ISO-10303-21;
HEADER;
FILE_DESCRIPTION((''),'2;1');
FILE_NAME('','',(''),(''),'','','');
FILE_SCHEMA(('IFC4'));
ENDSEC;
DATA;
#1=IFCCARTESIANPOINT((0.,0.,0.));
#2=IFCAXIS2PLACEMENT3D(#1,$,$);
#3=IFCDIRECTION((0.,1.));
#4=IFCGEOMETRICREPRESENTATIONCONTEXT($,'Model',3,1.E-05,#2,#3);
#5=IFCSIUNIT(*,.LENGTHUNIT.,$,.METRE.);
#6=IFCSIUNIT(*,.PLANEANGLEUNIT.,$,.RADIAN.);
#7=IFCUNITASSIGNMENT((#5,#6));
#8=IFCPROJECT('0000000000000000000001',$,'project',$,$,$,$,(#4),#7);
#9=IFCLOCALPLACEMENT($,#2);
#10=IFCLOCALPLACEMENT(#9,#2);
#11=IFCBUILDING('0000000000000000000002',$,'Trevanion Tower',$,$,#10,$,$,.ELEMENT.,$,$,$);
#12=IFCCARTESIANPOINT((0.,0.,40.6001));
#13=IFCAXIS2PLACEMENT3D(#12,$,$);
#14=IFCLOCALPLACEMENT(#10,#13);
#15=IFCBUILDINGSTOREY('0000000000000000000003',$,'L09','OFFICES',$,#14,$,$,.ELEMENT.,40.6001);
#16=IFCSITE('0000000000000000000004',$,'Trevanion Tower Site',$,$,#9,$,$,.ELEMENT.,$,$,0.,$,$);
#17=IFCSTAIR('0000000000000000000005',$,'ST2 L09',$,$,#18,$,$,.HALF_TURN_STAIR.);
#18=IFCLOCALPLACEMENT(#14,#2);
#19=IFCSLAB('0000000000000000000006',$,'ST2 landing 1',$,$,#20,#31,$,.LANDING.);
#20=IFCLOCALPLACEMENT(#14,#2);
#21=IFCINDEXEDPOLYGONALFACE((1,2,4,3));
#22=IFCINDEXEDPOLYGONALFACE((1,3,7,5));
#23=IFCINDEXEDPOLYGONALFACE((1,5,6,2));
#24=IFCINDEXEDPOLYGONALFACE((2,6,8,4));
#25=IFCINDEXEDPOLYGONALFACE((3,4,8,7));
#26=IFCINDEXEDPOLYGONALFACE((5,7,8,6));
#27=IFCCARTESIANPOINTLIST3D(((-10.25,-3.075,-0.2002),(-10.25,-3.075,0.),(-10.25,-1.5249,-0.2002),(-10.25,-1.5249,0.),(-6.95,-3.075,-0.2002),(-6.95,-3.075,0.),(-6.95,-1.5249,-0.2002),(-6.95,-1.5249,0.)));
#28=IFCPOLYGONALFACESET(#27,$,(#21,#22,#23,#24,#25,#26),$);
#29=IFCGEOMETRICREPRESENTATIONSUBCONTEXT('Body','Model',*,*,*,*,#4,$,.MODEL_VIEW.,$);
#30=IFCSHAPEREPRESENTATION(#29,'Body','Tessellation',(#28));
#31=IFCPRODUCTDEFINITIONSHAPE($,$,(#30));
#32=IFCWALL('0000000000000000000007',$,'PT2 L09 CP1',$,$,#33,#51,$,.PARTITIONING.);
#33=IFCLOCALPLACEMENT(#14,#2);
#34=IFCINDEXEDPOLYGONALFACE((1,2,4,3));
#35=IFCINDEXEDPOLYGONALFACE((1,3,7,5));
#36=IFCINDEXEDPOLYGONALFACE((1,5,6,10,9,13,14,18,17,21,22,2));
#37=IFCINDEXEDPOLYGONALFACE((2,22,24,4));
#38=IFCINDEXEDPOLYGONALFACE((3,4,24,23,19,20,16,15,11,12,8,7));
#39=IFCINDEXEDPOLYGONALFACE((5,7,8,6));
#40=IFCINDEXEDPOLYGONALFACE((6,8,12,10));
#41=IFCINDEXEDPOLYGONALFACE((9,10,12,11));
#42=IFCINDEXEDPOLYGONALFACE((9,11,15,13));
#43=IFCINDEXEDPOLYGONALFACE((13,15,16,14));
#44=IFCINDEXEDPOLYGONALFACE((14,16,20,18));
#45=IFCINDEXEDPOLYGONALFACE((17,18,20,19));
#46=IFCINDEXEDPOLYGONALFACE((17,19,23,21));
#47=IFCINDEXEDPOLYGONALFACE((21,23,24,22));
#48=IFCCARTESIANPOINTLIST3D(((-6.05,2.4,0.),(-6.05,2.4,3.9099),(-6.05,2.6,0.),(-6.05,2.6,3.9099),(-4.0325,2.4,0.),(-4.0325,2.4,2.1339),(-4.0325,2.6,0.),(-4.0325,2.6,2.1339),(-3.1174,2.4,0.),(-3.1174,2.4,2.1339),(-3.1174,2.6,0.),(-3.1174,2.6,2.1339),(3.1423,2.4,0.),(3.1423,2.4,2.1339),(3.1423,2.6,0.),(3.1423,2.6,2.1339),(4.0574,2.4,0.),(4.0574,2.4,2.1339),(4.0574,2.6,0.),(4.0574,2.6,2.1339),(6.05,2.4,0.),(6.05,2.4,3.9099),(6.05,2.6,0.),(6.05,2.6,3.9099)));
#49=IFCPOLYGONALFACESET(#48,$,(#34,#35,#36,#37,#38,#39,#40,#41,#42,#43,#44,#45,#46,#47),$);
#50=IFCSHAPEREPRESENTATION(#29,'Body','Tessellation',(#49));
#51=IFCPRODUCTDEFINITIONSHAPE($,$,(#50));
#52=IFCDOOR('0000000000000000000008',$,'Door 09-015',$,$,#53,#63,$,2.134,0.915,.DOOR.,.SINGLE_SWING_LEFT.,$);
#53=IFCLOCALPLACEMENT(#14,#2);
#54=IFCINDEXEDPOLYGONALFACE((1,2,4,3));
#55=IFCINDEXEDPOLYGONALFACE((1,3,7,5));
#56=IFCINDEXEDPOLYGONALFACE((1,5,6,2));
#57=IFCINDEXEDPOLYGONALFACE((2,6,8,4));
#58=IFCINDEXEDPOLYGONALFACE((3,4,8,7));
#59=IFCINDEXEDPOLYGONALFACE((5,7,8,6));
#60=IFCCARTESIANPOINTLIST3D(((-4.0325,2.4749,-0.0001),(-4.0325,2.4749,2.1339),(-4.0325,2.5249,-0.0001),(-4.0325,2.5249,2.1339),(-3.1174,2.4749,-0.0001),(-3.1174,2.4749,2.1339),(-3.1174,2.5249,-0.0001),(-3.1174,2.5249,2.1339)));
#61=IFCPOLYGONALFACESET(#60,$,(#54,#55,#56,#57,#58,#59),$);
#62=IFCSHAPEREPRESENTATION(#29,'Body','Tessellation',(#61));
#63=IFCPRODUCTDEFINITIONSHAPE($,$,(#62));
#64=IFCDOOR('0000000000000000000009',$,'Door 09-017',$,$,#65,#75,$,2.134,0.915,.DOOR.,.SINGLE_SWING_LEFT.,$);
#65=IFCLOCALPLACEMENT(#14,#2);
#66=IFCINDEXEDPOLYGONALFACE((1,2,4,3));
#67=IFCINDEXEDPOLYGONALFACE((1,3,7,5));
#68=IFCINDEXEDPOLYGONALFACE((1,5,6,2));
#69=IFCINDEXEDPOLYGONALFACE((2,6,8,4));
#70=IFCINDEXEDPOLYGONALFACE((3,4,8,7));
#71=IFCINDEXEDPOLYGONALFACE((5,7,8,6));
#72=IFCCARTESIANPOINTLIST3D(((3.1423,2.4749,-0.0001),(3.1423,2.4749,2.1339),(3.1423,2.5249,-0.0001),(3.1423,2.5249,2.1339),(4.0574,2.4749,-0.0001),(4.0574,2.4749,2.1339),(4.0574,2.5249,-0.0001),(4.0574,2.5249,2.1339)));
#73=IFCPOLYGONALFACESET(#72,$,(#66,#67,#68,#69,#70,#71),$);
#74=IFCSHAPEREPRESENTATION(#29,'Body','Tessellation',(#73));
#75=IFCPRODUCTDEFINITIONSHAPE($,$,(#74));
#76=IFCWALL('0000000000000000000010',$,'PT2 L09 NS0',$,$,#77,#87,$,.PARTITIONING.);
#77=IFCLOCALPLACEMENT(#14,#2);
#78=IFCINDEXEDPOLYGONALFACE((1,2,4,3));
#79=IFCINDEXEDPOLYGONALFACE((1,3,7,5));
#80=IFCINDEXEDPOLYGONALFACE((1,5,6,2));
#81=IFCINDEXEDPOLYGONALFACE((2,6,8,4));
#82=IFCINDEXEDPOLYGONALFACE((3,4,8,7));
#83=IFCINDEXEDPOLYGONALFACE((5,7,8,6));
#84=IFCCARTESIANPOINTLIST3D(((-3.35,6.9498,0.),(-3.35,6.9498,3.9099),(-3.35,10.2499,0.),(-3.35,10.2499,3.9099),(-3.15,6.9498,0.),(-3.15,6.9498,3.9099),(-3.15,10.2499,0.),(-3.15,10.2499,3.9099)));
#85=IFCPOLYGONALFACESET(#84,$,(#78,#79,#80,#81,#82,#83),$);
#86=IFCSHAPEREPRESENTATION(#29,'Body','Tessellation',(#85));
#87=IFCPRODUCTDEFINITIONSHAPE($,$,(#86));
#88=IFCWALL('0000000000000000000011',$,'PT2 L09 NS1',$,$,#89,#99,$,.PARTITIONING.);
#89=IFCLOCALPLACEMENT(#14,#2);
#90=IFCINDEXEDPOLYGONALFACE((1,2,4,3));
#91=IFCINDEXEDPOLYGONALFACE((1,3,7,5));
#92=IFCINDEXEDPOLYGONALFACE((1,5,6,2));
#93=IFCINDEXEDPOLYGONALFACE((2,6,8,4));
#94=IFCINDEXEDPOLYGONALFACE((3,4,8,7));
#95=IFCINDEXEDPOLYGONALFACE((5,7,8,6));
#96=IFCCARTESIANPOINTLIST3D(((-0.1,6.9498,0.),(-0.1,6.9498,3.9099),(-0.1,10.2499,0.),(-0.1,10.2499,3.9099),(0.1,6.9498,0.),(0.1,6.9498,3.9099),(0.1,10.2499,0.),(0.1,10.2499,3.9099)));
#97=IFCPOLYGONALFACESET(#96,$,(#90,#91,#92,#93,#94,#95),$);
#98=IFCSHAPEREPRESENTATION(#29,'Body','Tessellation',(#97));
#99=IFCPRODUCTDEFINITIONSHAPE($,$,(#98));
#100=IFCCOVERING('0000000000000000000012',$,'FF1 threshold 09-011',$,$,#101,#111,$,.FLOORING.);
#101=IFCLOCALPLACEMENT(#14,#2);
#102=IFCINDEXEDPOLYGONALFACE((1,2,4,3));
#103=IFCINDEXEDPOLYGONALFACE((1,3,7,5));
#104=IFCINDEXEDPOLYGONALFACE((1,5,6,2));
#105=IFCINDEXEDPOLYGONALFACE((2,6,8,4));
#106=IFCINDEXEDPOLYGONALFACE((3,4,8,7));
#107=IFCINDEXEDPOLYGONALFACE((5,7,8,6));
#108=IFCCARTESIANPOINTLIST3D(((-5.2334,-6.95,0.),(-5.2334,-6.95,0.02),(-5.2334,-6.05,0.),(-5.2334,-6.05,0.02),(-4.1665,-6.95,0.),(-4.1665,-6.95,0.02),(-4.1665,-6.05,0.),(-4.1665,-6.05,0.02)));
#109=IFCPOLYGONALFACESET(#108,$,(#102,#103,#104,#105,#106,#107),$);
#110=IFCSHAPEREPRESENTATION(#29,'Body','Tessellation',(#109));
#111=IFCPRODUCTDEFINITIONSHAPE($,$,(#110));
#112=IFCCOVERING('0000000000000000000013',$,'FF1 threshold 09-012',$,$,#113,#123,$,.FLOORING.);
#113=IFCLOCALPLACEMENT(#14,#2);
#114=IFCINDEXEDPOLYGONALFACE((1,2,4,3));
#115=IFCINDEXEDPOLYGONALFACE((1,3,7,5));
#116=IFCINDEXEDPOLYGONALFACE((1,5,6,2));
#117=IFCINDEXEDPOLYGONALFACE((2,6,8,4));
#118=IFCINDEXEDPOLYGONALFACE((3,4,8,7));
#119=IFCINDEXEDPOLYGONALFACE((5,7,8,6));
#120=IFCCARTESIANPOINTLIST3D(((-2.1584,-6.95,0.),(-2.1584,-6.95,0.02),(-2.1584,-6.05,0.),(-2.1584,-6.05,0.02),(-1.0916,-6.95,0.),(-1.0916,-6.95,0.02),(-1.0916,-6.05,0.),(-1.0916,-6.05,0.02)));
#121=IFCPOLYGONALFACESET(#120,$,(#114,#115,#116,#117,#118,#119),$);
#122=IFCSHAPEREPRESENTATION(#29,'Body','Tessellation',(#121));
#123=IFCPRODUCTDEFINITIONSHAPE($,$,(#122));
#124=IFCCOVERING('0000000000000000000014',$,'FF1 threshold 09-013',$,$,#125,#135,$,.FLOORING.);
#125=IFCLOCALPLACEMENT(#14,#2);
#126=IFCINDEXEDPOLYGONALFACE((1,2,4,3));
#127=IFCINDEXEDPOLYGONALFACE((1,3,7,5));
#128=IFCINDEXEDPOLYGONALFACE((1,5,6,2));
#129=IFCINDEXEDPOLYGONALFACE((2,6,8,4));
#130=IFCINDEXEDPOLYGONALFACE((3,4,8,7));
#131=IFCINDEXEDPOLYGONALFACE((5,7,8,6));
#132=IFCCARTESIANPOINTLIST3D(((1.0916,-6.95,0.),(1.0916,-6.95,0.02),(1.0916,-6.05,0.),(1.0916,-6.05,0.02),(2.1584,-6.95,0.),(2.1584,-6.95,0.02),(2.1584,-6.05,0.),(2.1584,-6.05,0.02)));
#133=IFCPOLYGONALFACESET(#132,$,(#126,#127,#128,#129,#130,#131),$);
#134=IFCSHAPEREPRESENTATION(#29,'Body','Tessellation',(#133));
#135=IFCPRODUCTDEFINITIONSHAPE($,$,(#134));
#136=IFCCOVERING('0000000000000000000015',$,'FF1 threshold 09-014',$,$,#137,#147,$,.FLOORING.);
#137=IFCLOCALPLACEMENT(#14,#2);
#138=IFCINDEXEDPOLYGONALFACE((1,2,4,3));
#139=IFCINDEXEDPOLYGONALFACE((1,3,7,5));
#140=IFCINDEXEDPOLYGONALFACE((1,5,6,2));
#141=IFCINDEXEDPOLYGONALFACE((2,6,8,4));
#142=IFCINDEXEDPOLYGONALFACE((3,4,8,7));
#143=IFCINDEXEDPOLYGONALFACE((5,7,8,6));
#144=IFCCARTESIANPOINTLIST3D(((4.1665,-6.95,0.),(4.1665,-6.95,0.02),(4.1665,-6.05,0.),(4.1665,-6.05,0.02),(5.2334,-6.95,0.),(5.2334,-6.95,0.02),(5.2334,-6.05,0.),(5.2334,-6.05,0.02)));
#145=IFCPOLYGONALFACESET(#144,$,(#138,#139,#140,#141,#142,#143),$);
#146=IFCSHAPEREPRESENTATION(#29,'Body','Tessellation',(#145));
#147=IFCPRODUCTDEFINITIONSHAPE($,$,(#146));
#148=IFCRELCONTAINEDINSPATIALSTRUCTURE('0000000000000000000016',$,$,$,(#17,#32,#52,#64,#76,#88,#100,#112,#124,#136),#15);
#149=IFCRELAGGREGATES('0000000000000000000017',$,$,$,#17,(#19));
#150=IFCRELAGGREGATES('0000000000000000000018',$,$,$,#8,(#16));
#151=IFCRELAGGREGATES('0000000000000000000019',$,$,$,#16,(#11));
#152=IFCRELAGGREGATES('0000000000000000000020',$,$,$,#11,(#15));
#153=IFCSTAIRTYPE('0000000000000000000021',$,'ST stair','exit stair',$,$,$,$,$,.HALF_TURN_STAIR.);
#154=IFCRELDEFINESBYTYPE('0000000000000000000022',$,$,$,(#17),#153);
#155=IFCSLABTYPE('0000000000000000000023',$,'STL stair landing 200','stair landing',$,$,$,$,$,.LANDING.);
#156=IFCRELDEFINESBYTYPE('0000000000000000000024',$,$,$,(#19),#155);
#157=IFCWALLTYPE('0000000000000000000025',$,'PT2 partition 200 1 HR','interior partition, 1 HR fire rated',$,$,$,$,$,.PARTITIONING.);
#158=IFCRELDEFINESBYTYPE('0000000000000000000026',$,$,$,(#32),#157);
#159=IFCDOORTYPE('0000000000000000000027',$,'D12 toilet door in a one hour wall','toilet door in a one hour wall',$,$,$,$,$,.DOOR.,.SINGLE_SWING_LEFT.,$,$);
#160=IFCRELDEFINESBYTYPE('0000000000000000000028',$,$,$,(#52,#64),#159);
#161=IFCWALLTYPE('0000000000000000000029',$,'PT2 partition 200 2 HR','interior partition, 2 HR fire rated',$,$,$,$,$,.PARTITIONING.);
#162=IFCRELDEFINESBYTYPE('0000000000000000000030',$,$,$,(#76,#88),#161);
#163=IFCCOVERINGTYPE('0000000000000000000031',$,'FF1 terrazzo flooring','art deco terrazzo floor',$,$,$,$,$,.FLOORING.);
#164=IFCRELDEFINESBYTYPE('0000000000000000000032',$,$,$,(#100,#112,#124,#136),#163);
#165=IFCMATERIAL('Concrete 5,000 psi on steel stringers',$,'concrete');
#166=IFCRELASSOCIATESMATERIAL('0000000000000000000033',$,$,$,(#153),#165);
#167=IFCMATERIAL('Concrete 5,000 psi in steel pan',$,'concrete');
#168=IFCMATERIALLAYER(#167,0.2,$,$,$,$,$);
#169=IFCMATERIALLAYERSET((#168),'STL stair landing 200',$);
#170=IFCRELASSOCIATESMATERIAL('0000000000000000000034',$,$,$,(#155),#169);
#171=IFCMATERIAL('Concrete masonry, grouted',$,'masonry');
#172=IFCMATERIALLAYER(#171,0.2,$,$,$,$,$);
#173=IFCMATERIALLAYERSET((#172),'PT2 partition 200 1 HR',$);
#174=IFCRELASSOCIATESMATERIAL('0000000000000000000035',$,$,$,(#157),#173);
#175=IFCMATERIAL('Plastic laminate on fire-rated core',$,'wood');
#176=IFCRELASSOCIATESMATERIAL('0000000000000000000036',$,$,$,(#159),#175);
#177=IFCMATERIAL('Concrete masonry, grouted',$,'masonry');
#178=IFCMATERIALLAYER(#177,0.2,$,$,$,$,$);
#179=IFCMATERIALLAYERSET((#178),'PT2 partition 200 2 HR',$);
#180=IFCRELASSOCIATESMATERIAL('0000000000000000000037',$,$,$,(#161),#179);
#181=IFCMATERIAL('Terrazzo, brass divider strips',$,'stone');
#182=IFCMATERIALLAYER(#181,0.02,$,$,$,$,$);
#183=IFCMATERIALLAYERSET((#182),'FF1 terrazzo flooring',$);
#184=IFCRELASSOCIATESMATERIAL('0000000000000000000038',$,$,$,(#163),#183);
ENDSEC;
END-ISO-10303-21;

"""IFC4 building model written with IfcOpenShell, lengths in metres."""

from ifc_helpers import new_model, si_unit, direction, frame, frame_2d, origin, place, context, subcontext, project, spatial, polyline, rectangle, outline, extrude, material, layer, layer_set, type_object, element, fill, aggregate, save


model = new_model("IFC4")

# Units and contexts
model_context = context("Model", 3, precision=1e-05, world=origin(), true_north=direction((0.0, 1.0)))
body_context = subcontext(model_context, "Body", "Model", "MODEL_VIEW")
ifc_project = project(units=[si_unit("LENGTHUNIT", "METRE"), si_unit("PLANEANGLEUNIT", "RADIAN")], contexts=[model_context])

# Site, building, storey
site_placement = place(None, origin())
site = spatial("IfcSite", under=ifc_project, at=site_placement, Name="Trevanion Tower Site", CompositionType="ELEMENT", RefElevation=0.0)
building_placement = place(site_placement, origin())
building = spatial("IfcBuilding", under=site, at=building_placement, Name="Trevanion Tower", CompositionType="ELEMENT")
storey_placement = place(building_placement, frame((0.0, 0.0, 40.6001)))
storey = spatial("IfcBuildingStorey", under=building, at=storey_placement, Name="L09", Description="OFFICES", CompositionType="ELEMENT", Elevation=40.6001)

# Shared definitions
ifc_material_1 = material(Name="Concrete 5,000 psi on steel stringers", Category="concrete")
stair_type = type_object("IfcStairType", Name="ST stair", Description="exit stair", PredefinedType="HALF_TURN_STAIR", material=ifc_material_1)
ifc_material_2 = material(Name="Concrete 5,000 psi in steel pan", Category="concrete")
ifc_layer_1 = layer(ifc_material_2, 0.2)
ifc_layer_set_1 = layer_set([ifc_layer_1], Name="STL stair landing 200")
slab_type_1 = type_object("IfcSlabType", Name="STL stair landing 200", Description="stair landing", PredefinedType="LANDING", material=ifc_layer_set_1)

# Stair, slab
stair_1_placement = place(storey_placement, origin())
stair_1 = element("IfcStair", 1, at=stair_1_placement, inside=storey, type_object=stair_type, Name="ST2 L09", PredefinedType="HALF_TURN_STAIR")
slab_1_placement = place(storey_placement, frame((0.0, 0.0, -0.2002)))
slab_1 = element("IfcSlab", 2, at=slab_1_placement, type_object=slab_type_1, Name="ST2 landing 1", PredefinedType="LANDING", context=body_context, shape_type="SweptSolid", body=[
    extrude(outline(polyline([(-6.95, -1.5249), (-10.25, -1.5249), (-10.25, -3.075), (-6.95, -3.075), (-6.95, -1.5249)])), origin(), (0.0, 0.0, 1.0), 0.2002),
])
aggregate(stair_1, [slab_1])

# Wall, openings, doors
ifc_material_3 = material(Name="Concrete masonry, grouted", Category="masonry")
ifc_layer_2 = layer(ifc_material_3, 0.2)
ifc_layer_set_2 = layer_set([ifc_layer_2], Name="PT2 partition 200 1 HR")
wall_type_1 = type_object("IfcWallType", Name="PT2 partition 200 1 HR", Description="interior partition, 1 HR fire rated", PredefinedType="PARTITIONING", material=ifc_layer_set_2)
wall_placement = place(storey_placement, frame((-6.05, 2.5, 0.0), z_axis=(0.0, 0.0, 1.0), x_axis=(1.0, 0.0, 0.0)))
wall = element("IfcWall", 3, at=wall_placement, inside=storey, type_object=wall_type_1, Name="PT2 L09 CP1", PredefinedType="PARTITIONING", context=body_context, shape_type="SweptSolid", body=[
    extrude(rectangle(XDim=12.1001, YDim=0.2, at=frame_2d((6.05, 0.0))), origin(), (0.0, 0.0, 1.0), 3.9099),
])
opening_1_placement = place(wall_placement, frame((2.0176, 0.0, 0.0)))
opening_1 = element("IfcOpeningElement", 4, at=opening_1_placement, cuts=wall, PredefinedType="OPENING", context=body_context, shape_type="SweptSolid", body=[
    extrude(rectangle(XDim=0.915, YDim=2.134, at=frame_2d((0.4575, 1.0669))), frame((0.0, 0.1099, 0.0), z_axis=(0.0, -1.0, 0.0), x_axis=(1.0, 0.0, 0.0)), (0.0, 0.0, 1.0), 0.22),
])
opening_2_placement = place(wall_placement, frame((9.1924, 0.0, 0.0)))
opening_2 = element("IfcOpeningElement", 5, at=opening_2_placement, cuts=wall, PredefinedType="OPENING", context=body_context, shape_type="SweptSolid", body=[
    extrude(rectangle(XDim=0.915, YDim=2.134, at=frame_2d((0.4575, 1.0669))), frame((0.0, 0.1099, 0.0), z_axis=(0.0, -1.0, 0.0), x_axis=(1.0, 0.0, 0.0)), (0.0, 0.0, 1.0), 0.22),
])
ifc_material_4 = material(Name="Plastic laminate on fire-rated core", Category="wood")
door_type = type_object("IfcDoorType", Name="D12 toilet door in a one hour wall", Description="toilet door in a one hour wall", OperationType="SINGLE_SWING_LEFT", PredefinedType="DOOR", material=ifc_material_4)
door_1_placement = place(opening_1_placement, origin())
door_1 = element("IfcDoor", 6, at=door_1_placement, inside=storey, type_object=door_type, Name="Door 09-015", OperationType="SINGLE_SWING_LEFT", OverallHeight=2.134, OverallWidth=0.915, PredefinedType="DOOR", context=body_context, shape_type="SweptSolid", body=[
    extrude(rectangle(XDim=0.915, YDim=2.134, at=frame_2d((0.4575, 1.0669))), frame((0.0, 0.0249, 0.0), z_axis=(0.0, -1.0, 0.0), x_axis=(1.0, 0.0, 0.0)), (0.0, 0.0, 1.0), 0.05),
])
fill(opening_1, door_1)
door_2_placement = place(opening_2_placement, origin())
door_2 = element("IfcDoor", 7, at=door_2_placement, inside=storey, type_object=door_type, Name="Door 09-017", OperationType="SINGLE_SWING_LEFT", OverallHeight=2.134, OverallWidth=0.915, PredefinedType="DOOR", context=body_context, shape_type="SweptSolid", body=[
    extrude(rectangle(XDim=0.915, YDim=2.134, at=frame_2d((0.4575, 1.0669))), frame((0.0, 0.0249, 0.0), z_axis=(0.0, -1.0, 0.0), x_axis=(1.0, 0.0, 0.0)), (0.0, 0.0, 1.0), 0.05),
])
fill(opening_2, door_2)

# Walls
ifc_material_5 = material(Name="Concrete masonry, grouted", Category="masonry")
ifc_layer_3 = layer(ifc_material_5, 0.2)
ifc_layer_set_3 = layer_set([ifc_layer_3], Name="PT2 partition 200 2 HR")
wall_type_2 = type_object("IfcWallType", Name="PT2 partition 200 2 HR", Description="interior partition, 2 HR fire rated", PredefinedType="PARTITIONING", material=ifc_layer_set_3)
for number, where, z_axis, x_axis, name in (
    (8, (-3.25, 6.95, 0.0), (0.0, 0.0, 1.0), (0.0, 1.0, 0.0), "PT2 L09 NS0"),
    (9, (0.0, 6.95, 0.0), (0.0, 0.0, 1.0), (0.0, 1.0, 0.0), "PT2 L09 NS1"),
):
    element("IfcWall", number, at=place(storey_placement, frame(where, z_axis=z_axis, x_axis=x_axis)), inside=storey, type_object=wall_type_2, Name=name, PredefinedType="PARTITIONING", context=body_context, shape_type="SweptSolid", body=[
        extrude(rectangle(XDim=3.3, YDim=0.2, at=frame_2d((1.6499, 0.0))), origin(), (0.0, 0.0, 1.0), 3.9099),
    ])

# Coverings
ifc_material_6 = material(Name="Terrazzo, brass divider strips", Category="stone")
ifc_layer_4 = layer(ifc_material_6, 0.02)
ifc_layer_set_4 = layer_set([ifc_layer_4], Name="FF1 terrazzo flooring")
covering_type = type_object("IfcCoveringType", Name="FF1 terrazzo flooring", Description="art deco terrazzo floor", PredefinedType="FLOORING", material=ifc_layer_set_4)
covering_1_placement = place(storey_placement, origin())
element("IfcCovering", 10, at=covering_1_placement, inside=storey, type_object=covering_type, Name="FF1 threshold 09-011", PredefinedType="FLOORING", context=body_context, shape_type="SweptSolid", body=[
    extrude(outline(polyline([(-5.2334, -6.95), (-4.1665, -6.95), (-4.1665, -6.05), (-5.2334, -6.05), (-5.2334, -6.95)])), origin(), (0.0, 0.0, 1.0), 0.02),
])
covering_2_placement = place(storey_placement, origin())
element("IfcCovering", 11, at=covering_2_placement, inside=storey, type_object=covering_type, Name="FF1 threshold 09-012", PredefinedType="FLOORING", context=body_context, shape_type="SweptSolid", body=[
    extrude(outline(polyline([(-2.1584, -6.95), (-1.0916, -6.95), (-1.0916, -6.05), (-2.1584, -6.05), (-2.1584, -6.95)])), origin(), (0.0, 0.0, 1.0), 0.02),
])
covering_3_placement = place(storey_placement, origin())
element("IfcCovering", 12, at=covering_3_placement, inside=storey, type_object=covering_type, Name="FF1 threshold 09-013", PredefinedType="FLOORING", context=body_context, shape_type="SweptSolid", body=[
    extrude(outline(polyline([(1.0916, -6.95), (2.1584, -6.95), (2.1584, -6.05), (1.0916, -6.05), (1.0916, -6.95)])), origin(), (0.0, 0.0, 1.0), 0.02),
])
covering_4_placement = place(storey_placement, origin())
element("IfcCovering", 13, at=covering_4_placement, inside=storey, type_object=covering_type, Name="FF1 threshold 09-014", PredefinedType="FLOORING", context=body_context, shape_type="SweptSolid", body=[
    extrude(outline(polyline([(4.1665, -6.95), (5.2334, -6.95), (5.2334, -6.05), (4.1665, -6.05), (4.1665, -6.95)])), origin(), (0.0, 0.0, 1.0), 0.02),
])

save(model, "model.ifc")
